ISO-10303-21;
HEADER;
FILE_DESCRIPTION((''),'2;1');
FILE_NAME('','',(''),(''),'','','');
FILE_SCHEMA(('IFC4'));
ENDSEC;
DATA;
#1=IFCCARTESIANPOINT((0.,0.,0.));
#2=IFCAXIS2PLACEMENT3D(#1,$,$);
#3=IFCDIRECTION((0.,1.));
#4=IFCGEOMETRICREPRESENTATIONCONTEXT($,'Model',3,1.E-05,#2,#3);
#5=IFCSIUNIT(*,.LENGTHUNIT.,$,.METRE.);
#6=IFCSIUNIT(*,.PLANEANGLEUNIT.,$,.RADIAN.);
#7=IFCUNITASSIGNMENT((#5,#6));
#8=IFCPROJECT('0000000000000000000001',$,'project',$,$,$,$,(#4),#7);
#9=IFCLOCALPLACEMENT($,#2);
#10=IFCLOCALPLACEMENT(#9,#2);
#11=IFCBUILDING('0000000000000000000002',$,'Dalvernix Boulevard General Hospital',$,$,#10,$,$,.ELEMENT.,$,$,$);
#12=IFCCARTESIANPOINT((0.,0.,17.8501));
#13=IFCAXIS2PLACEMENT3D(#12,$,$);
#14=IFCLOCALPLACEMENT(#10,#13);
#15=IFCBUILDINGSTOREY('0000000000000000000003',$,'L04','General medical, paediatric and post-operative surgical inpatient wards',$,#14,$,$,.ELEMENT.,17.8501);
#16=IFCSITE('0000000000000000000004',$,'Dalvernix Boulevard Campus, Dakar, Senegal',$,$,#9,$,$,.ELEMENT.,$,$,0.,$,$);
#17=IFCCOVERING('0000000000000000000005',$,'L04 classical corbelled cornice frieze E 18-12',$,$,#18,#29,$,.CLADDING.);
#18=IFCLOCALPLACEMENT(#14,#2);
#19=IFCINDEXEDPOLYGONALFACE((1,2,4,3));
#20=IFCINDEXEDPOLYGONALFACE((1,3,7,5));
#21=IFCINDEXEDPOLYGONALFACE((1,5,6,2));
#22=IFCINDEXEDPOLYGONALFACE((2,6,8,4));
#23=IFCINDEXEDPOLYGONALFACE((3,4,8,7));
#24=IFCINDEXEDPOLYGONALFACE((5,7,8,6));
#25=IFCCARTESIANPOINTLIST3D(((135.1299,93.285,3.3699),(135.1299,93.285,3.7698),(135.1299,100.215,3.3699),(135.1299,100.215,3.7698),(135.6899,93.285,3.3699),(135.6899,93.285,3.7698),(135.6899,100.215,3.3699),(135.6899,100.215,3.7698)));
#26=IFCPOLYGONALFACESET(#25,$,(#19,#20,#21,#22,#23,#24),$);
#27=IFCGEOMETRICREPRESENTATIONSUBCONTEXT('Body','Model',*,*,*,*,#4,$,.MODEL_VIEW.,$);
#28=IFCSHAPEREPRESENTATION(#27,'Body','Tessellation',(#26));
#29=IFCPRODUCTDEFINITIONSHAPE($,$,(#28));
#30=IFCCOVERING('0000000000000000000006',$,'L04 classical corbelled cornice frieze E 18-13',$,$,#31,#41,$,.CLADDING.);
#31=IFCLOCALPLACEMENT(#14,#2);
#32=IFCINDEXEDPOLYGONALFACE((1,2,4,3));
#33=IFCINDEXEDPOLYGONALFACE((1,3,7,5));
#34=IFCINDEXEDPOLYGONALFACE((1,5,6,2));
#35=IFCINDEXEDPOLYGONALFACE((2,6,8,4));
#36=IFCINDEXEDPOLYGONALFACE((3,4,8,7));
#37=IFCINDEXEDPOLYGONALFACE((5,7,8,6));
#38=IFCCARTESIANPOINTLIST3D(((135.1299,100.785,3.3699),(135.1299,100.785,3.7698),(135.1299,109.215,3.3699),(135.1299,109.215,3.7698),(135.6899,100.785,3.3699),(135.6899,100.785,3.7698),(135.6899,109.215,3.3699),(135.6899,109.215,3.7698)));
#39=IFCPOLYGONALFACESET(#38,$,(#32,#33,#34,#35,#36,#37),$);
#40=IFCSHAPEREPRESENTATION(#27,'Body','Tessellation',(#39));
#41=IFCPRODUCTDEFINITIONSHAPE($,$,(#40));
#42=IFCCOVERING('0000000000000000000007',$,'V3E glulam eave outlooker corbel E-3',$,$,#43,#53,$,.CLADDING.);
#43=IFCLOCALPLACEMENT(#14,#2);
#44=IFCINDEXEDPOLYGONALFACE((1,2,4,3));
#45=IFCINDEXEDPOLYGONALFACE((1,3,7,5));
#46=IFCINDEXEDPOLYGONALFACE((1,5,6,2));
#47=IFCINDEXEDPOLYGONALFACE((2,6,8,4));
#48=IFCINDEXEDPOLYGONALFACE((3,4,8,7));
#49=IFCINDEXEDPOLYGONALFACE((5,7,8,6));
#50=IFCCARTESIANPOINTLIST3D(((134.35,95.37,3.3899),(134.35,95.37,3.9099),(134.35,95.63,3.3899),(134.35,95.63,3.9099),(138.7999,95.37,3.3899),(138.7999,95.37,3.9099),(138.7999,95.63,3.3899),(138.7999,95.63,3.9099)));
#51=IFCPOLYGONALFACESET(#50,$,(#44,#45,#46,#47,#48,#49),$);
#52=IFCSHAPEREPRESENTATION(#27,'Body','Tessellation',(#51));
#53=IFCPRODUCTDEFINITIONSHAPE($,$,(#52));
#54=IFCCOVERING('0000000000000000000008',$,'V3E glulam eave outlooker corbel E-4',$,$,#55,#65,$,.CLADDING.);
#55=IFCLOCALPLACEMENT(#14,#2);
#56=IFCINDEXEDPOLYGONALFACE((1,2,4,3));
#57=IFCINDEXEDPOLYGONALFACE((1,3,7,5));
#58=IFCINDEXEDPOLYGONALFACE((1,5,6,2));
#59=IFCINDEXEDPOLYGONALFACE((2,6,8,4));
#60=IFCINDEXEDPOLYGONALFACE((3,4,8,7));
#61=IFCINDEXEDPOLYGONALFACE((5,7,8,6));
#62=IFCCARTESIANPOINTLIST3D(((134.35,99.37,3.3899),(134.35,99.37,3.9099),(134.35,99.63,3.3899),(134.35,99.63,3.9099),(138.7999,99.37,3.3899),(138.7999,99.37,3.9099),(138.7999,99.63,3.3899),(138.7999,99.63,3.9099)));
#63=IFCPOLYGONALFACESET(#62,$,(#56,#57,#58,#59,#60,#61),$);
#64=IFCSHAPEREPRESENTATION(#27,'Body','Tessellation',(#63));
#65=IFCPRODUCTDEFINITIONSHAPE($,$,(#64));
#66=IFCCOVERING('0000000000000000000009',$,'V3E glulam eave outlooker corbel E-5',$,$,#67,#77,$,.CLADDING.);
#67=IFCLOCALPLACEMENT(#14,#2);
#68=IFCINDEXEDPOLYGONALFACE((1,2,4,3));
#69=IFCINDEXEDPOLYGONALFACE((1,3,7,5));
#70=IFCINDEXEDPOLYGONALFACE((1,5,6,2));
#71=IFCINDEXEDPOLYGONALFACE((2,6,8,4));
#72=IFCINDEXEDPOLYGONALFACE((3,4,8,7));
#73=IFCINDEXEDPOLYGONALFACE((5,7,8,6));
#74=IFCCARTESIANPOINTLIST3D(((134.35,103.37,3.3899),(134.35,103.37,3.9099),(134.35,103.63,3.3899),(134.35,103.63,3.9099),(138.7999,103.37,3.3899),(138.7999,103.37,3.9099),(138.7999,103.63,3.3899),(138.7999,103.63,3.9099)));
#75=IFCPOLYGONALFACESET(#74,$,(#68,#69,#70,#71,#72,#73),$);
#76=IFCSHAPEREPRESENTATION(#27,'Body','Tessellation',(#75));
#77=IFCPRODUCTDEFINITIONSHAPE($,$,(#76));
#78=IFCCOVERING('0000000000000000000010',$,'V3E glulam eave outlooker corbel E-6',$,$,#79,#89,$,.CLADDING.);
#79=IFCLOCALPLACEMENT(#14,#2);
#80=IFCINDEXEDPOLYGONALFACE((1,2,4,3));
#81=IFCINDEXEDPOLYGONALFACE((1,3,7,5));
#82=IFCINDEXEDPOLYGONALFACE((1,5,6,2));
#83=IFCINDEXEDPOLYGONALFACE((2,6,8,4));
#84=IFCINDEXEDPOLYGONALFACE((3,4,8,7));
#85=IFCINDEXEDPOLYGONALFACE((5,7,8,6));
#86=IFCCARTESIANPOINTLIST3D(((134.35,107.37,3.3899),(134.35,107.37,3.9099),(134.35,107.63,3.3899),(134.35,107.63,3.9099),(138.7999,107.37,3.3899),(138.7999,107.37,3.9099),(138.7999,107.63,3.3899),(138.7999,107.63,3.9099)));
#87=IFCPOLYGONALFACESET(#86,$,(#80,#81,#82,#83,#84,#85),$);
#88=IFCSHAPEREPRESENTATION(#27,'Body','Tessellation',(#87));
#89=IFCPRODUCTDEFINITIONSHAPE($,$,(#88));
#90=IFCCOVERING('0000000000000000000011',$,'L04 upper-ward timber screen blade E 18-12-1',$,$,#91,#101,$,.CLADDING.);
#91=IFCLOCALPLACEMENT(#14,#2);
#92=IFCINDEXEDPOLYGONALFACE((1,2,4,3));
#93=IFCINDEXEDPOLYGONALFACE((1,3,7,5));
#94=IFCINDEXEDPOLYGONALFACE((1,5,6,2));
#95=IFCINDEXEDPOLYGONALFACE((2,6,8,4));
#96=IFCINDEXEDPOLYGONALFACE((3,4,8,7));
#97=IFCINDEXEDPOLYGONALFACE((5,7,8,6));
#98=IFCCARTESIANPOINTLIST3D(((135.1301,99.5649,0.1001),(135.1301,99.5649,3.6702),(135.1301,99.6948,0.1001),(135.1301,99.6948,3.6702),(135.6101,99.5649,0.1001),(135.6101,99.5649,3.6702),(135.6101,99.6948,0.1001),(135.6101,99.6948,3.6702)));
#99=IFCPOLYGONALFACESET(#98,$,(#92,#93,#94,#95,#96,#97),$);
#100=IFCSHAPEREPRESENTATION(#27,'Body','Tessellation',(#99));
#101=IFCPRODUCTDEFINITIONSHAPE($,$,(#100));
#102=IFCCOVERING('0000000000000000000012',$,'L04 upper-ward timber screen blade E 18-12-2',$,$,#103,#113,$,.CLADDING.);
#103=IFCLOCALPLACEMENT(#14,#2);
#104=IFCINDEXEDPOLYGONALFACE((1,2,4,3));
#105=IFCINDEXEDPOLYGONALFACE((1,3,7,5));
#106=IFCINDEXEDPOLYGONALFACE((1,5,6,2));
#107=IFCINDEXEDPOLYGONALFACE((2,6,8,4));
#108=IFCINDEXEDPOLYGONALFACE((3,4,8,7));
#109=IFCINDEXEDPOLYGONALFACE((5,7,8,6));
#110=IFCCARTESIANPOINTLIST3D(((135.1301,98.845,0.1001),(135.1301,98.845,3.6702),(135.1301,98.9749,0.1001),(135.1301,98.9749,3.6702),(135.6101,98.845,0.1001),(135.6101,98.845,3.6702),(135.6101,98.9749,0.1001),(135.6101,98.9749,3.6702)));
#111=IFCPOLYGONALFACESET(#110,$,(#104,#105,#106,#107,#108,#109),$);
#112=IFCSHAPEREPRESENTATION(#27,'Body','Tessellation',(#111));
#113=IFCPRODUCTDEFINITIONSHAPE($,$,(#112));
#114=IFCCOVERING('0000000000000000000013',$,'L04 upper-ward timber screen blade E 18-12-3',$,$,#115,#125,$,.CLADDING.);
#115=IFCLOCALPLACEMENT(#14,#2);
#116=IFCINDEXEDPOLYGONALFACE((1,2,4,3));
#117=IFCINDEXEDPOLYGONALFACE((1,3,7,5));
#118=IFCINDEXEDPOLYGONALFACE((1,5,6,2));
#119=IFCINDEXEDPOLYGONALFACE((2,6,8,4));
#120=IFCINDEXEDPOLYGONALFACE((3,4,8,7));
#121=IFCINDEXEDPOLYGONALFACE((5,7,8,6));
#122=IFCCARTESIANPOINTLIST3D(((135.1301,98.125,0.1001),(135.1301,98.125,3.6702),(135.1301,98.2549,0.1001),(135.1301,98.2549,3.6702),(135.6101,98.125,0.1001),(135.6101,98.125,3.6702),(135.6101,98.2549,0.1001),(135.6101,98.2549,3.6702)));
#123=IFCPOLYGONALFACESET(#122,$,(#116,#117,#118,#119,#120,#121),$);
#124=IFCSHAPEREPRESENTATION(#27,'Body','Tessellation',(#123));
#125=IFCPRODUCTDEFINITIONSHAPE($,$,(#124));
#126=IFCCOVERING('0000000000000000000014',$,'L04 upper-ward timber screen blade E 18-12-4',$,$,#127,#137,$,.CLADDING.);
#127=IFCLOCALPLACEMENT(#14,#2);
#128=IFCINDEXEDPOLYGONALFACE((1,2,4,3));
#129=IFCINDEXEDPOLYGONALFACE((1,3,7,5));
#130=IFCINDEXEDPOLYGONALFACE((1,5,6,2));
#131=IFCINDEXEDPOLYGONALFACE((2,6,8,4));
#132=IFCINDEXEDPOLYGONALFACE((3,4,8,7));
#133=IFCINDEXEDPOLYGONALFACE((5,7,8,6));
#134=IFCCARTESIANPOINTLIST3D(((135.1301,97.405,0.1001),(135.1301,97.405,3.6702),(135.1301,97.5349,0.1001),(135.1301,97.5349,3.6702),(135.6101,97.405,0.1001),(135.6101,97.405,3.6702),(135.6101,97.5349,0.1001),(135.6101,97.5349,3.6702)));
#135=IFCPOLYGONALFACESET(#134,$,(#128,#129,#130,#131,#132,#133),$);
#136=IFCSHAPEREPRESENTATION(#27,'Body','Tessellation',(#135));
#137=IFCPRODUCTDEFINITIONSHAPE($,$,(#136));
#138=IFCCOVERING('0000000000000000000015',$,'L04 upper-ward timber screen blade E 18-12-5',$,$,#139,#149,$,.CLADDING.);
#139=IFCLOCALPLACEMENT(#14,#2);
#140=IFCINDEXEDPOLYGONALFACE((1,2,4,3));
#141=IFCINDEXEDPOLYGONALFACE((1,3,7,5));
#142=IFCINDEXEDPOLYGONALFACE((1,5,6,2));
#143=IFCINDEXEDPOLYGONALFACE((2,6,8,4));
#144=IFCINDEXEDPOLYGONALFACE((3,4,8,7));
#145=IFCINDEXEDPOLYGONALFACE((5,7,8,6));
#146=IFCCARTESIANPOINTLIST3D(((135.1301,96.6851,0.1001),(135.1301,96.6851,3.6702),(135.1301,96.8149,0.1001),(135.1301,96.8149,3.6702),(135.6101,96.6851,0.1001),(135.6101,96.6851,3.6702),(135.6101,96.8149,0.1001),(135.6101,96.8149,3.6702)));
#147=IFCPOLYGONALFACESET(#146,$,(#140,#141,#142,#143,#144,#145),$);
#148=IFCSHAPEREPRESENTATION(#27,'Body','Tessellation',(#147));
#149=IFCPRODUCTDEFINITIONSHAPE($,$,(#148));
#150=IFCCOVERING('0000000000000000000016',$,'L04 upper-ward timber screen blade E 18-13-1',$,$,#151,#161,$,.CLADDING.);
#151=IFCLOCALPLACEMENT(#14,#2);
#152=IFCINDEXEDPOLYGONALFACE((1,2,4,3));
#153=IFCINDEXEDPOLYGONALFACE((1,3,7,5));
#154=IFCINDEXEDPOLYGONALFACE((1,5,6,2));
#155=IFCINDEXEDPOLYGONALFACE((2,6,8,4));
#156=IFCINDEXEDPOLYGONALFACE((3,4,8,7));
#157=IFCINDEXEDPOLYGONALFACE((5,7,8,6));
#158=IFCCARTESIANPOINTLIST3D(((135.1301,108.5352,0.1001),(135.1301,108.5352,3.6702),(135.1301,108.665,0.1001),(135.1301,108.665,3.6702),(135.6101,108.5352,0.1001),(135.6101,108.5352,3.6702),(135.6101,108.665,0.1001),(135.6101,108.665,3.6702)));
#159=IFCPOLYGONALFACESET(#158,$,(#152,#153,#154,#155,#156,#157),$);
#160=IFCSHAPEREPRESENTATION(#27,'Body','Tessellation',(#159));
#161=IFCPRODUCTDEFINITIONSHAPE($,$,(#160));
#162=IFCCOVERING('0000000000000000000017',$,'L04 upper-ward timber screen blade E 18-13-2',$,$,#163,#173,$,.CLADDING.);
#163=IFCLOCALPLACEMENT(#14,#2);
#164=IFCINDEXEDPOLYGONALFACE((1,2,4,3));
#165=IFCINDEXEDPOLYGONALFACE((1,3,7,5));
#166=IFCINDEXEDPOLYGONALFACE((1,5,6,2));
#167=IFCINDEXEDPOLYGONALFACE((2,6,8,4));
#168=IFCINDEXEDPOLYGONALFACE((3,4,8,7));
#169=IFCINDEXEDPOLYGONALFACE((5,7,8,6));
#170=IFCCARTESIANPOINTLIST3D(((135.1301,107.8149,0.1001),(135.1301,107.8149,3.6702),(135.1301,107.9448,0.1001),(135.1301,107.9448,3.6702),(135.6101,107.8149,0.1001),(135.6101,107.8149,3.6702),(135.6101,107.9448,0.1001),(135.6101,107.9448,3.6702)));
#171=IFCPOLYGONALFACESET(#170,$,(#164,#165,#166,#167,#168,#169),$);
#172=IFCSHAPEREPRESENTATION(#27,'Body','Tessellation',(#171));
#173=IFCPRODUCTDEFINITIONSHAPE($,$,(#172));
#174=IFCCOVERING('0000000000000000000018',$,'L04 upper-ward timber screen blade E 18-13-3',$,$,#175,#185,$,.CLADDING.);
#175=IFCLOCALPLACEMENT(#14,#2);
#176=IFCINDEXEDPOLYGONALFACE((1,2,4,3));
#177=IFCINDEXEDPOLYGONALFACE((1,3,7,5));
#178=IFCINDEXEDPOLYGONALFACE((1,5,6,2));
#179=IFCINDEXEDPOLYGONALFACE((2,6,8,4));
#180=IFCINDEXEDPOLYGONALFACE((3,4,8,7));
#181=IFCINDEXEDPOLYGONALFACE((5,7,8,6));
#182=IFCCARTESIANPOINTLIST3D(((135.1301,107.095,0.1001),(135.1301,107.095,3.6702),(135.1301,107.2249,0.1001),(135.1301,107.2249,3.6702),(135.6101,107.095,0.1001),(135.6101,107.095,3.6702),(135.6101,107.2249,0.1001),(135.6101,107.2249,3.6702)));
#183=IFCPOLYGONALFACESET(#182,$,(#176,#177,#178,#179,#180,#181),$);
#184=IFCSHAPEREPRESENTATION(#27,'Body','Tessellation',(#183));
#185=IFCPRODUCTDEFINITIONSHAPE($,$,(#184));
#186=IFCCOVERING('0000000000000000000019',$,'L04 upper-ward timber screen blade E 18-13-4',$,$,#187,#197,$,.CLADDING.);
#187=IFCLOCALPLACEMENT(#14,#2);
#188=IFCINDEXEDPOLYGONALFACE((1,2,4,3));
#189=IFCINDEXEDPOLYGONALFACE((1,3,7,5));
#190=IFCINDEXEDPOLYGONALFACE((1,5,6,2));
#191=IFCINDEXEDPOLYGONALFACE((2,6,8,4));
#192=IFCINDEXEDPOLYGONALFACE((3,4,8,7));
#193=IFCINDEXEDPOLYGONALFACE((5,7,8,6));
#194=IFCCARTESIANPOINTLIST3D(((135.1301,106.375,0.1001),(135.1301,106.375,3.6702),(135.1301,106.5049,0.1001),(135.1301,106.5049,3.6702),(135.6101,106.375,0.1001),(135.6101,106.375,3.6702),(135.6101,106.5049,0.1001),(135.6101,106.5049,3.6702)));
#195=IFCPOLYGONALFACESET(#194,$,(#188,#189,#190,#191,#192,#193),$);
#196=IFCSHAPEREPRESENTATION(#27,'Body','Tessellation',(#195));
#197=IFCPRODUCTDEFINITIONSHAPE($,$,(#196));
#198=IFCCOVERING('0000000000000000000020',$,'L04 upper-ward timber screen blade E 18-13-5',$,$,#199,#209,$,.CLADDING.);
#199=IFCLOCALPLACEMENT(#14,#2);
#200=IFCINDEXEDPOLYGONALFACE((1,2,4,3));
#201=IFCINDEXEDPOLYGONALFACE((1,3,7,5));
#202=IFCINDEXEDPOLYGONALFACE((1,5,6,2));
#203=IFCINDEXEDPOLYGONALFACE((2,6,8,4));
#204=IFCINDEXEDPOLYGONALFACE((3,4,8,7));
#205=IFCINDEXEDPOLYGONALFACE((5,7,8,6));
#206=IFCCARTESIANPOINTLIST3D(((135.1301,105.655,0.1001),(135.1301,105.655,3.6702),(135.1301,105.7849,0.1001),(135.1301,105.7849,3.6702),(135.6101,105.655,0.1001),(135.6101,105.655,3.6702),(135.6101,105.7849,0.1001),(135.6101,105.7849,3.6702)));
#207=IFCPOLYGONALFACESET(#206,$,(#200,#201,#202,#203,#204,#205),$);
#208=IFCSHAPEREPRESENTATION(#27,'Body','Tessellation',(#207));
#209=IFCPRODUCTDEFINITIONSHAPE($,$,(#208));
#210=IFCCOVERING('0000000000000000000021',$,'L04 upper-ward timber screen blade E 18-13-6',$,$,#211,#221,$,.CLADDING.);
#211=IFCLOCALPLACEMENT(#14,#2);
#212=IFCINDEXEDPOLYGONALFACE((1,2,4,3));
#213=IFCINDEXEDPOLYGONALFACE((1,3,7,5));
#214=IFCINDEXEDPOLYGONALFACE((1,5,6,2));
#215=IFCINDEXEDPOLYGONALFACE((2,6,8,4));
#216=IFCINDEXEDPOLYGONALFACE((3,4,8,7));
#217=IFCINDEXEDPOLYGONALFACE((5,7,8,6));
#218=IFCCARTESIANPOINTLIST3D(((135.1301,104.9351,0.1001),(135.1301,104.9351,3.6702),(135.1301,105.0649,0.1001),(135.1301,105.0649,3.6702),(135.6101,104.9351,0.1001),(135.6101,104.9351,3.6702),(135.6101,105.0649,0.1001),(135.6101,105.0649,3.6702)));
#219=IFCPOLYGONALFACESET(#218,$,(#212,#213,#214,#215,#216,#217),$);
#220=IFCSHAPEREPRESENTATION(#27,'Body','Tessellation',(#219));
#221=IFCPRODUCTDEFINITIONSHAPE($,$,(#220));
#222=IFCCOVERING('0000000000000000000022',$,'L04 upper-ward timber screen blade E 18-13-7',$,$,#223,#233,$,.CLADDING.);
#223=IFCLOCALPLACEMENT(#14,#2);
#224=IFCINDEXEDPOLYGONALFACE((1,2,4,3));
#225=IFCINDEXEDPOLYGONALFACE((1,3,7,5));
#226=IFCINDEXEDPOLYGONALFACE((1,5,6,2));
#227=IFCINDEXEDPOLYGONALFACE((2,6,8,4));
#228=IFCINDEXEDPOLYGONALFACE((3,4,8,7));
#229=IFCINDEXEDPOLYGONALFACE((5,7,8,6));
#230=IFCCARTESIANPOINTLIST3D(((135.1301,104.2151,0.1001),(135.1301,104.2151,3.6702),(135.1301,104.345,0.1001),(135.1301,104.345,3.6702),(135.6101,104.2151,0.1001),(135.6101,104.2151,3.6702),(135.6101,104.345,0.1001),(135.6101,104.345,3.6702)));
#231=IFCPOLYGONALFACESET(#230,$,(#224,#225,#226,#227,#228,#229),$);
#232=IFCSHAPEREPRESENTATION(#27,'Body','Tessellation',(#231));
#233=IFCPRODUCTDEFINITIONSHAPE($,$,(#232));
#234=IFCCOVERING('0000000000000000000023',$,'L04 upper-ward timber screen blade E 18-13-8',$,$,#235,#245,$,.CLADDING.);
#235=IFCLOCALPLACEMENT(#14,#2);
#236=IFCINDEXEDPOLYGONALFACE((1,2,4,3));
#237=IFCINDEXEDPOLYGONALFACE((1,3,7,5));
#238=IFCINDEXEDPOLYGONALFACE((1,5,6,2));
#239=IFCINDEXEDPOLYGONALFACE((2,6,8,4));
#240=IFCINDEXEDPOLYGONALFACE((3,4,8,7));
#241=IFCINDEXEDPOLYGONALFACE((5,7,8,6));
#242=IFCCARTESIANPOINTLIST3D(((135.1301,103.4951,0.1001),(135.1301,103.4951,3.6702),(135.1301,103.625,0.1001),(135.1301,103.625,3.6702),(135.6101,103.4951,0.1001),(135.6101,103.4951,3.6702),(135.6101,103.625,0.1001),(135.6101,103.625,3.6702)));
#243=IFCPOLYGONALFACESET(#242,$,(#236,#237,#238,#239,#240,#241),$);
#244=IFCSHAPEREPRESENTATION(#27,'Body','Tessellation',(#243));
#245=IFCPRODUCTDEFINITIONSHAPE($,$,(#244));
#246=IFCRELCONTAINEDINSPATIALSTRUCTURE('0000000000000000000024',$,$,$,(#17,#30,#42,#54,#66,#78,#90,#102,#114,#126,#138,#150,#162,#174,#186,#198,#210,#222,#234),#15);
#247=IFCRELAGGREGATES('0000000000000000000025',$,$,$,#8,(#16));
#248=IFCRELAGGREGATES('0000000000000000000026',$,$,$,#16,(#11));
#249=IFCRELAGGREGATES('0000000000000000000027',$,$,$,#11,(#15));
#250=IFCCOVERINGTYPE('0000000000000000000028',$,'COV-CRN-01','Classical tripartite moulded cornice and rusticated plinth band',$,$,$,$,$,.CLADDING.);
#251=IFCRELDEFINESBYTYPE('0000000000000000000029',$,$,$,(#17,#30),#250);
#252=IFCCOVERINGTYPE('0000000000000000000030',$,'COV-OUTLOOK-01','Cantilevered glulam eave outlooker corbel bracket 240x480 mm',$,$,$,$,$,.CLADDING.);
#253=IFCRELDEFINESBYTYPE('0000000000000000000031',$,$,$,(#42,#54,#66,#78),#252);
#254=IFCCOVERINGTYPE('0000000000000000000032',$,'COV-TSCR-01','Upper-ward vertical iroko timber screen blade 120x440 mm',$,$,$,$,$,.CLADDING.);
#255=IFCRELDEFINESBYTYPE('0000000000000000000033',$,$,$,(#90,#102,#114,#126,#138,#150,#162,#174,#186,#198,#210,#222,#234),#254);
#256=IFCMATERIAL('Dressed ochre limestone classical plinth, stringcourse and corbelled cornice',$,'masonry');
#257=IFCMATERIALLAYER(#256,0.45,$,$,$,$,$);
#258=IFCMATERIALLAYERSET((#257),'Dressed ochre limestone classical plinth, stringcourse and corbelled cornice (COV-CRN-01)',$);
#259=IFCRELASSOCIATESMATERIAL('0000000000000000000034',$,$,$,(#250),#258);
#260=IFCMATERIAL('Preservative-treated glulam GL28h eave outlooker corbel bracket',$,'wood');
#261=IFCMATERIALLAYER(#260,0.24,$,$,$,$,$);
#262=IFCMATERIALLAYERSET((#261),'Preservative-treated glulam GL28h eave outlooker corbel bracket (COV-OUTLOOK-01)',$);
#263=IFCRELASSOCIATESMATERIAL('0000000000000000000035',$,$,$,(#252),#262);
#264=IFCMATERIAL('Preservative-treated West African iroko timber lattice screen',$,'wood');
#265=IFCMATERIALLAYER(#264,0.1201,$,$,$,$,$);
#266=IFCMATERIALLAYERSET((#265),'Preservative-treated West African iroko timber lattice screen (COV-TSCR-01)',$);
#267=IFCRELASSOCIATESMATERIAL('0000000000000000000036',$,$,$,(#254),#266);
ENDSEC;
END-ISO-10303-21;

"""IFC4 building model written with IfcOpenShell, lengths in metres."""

from ifc_helpers import new_model, si_unit, direction, frame, origin, origin_2d, place, context, subcontext, project, spatial, rectangle, extrude, material, layer, layer_set, type_object, element, save


model = new_model("IFC4")

# Units and contexts
model_context = context("Model", 3, precision=1e-05, world=origin(), true_north=direction((0.0, 1.0)))
body_context = subcontext(model_context, "Body", "Model", "MODEL_VIEW")
ifc_project = project(units=[si_unit("LENGTHUNIT", "METRE"), si_unit("PLANEANGLEUNIT", "RADIAN")], contexts=[model_context])

# Site, building, storey
site_placement = place(None, origin())
site = spatial("IfcSite", under=ifc_project, at=site_placement, Name="Dalvernix Boulevard Campus, Dakar, Senegal", CompositionType="ELEMENT", RefElevation=0.0)
building_placement = place(site_placement, origin())
building = spatial("IfcBuilding", under=site, at=building_placement, Name="Dalvernix Boulevard General Hospital", CompositionType="ELEMENT")
storey_placement = place(building_placement, frame((0.0, 0.0, 17.8501)))
storey = spatial("IfcBuildingStorey", under=building, at=storey_placement, Name="L04", Description="General medical, paediatric and post-operative surgical inpatient wards", CompositionType="ELEMENT", Elevation=17.8501)

# Coverings
ifc_material_1 = material(Name="Dressed ochre limestone classical plinth, stringcourse and corbelled cornice", Category="masonry")
ifc_layer_1 = layer(ifc_material_1, 0.45)
ifc_layer_set_1 = layer_set([ifc_layer_1], Name="Dressed ochre limestone classical plinth, stringcourse and corbelled cornice (COV-CRN-01)")
covering_type_1 = type_object("IfcCoveringType", Name="COV-CRN-01", Description="Classical tripartite moulded cornice and rusticated plinth band", PredefinedType="CLADDING", material=ifc_layer_set_1)
covering_1_placement = place(storey_placement, frame((135.4099, 96.75, 3.3699), z_axis=(0.0, 0.0, 1.0), x_axis=(0.0, -1.0, 0.0)))
element("IfcCovering", 1, at=covering_1_placement, inside=storey, type_object=covering_type_1, Name="L04 classical corbelled cornice frieze E 18-12", PredefinedType="CLADDING", context=body_context, shape_type="SweptSolid", body=[
    extrude(rectangle(XDim=6.9299, YDim=0.5601, at=origin_2d()), origin(), (0.0, 0.0, 1.0), 0.3999),
])
covering_2_placement = place(storey_placement, frame((135.4099, 105.0, 3.3699), z_axis=(0.0, 0.0, 1.0), x_axis=(0.0, -1.0, 0.0)))
element("IfcCovering", 2, at=covering_2_placement, inside=storey, type_object=covering_type_1, Name="L04 classical corbelled cornice frieze E 18-13", PredefinedType="CLADDING", context=body_context, shape_type="SweptSolid", body=[
    extrude(rectangle(XDim=8.4299, YDim=0.5601, at=origin_2d()), origin(), (0.0, 0.0, 1.0), 0.3999),
])
ifc_material_2 = material(Name="Preservative-treated glulam GL28h eave outlooker corbel bracket", Category="wood")
ifc_layer_2 = layer(ifc_material_2, 0.24)
ifc_layer_set_2 = layer_set([ifc_layer_2], Name="Preservative-treated glulam GL28h eave outlooker corbel bracket (COV-OUTLOOK-01)")
covering_type_2 = type_object("IfcCoveringType", Name="COV-OUTLOOK-01", Description="Cantilevered glulam eave outlooker corbel bracket 240x480 mm", PredefinedType="CLADDING", material=ifc_layer_set_2)
for number, where, z_axis, x_axis, name in (
    (3, (136.575, 95.5, 3.3899), (0.0, 0.0, 1.0), (1.0, 0.0, 0.0), "V3E glulam eave outlooker corbel E-3"),
    (4, (136.575, 99.5, 3.3899), (0.0, 0.0, 1.0), (1.0, 0.0, 0.0), "V3E glulam eave outlooker corbel E-4"),
    (5, (136.575, 103.5, 3.3899), (0.0, 0.0, 1.0), (1.0, 0.0, 0.0), "V3E glulam eave outlooker corbel E-5"),
    (6, (136.575, 107.5, 3.3899), (0.0, 0.0, 1.0), (1.0, 0.0, 0.0), "V3E glulam eave outlooker corbel E-6"),
):
    element("IfcCovering", number, at=place(storey_placement, frame(where, z_axis=z_axis, x_axis=x_axis)), inside=storey, type_object=covering_type_2, Name=name, PredefinedType="CLADDING", context=body_context, shape_type="SweptSolid", body=[
        extrude(rectangle(XDim=4.45, YDim=0.26, at=origin_2d()), origin(), (0.0, 0.0, 1.0), 0.52),
    ])
ifc_material_3 = material(Name="Preservative-treated West African iroko timber lattice screen", Category="wood")
ifc_layer_3 = layer(ifc_material_3, 0.1201)
ifc_layer_set_3 = layer_set([ifc_layer_3], Name="Preservative-treated West African iroko timber lattice screen (COV-TSCR-01)")
covering_type_3 = type_object("IfcCoveringType", Name="COV-TSCR-01", Description="Upper-ward vertical iroko timber screen blade 120x440 mm", PredefinedType="CLADDING", material=ifc_layer_set_3)
for number, where, z_axis, x_axis, name in (
    (7, (135.3701, 99.6299, 0.1001), (0.0, 0.0, 1.0), (0.0, -1.0, 0.0), "L04 upper-ward timber screen blade E 18-12-1"),
    (8, (135.3701, 98.9099, 0.1001), (0.0, 0.0, 1.0), (0.0, -1.0, 0.0), "L04 upper-ward timber screen blade E 18-12-2"),
    (9, (135.3701, 98.1899, 0.1001), (0.0, 0.0, 1.0), (0.0, -1.0, 0.0), "L04 upper-ward timber screen blade E 18-12-3"),
    (10, (135.3701, 97.47, 0.1001), (0.0, 0.0, 1.0), (0.0, -1.0, 0.0), "L04 upper-ward timber screen blade E 18-12-4"),
    (11, (135.3701, 96.75, 0.1001), (0.0, 0.0, 1.0), (0.0, -1.0, 0.0), "L04 upper-ward timber screen blade E 18-12-5"),
    (12, (135.3701, 108.6001, 0.1001), (0.0, 0.0, 1.0), (0.0, -1.0, 0.0), "L04 upper-ward timber screen blade E 18-13-1"),
    (13, (135.3701, 107.8799, 0.1001), (0.0, 0.0, 1.0), (0.0, -1.0, 0.0), "L04 upper-ward timber screen blade E 18-13-2"),
    (14, (135.3701, 107.1599, 0.1001), (0.0, 0.0, 1.0), (0.0, -1.0, 0.0), "L04 upper-ward timber screen blade E 18-13-3"),
    (15, (135.3701, 106.4399, 0.1001), (0.0, 0.0, 1.0), (0.0, -1.0, 0.0), "L04 upper-ward timber screen blade E 18-13-4"),
    (16, (135.3701, 105.72, 0.1001), (0.0, 0.0, 1.0), (0.0, -1.0, 0.0), "L04 upper-ward timber screen blade E 18-13-5"),
    (17, (135.3701, 105.0, 0.1001), (0.0, 0.0, 1.0), (0.0, -1.0, 0.0), "L04 upper-ward timber screen blade E 18-13-6"),
    (18, (135.3701, 104.28, 0.1001), (0.0, 0.0, 1.0), (0.0, -1.0, 0.0), "L04 upper-ward timber screen blade E 18-13-7"),
    (19, (135.3701, 103.5601, 0.1001), (0.0, 0.0, 1.0), (0.0, -1.0, 0.0), "L04 upper-ward timber screen blade E 18-13-8"),
):
    element("IfcCovering", number, at=place(storey_placement, frame(where, z_axis=z_axis, x_axis=x_axis)), inside=storey, type_object=covering_type_3, Name=name, PredefinedType="CLADDING", context=body_context, shape_type="SweptSolid", body=[
        extrude(rectangle(XDim=0.1299, YDim=0.48, at=origin_2d()), origin(), (0.0, 0.0, 1.0), 3.5701),
    ])

save(model, "model.ifc")
